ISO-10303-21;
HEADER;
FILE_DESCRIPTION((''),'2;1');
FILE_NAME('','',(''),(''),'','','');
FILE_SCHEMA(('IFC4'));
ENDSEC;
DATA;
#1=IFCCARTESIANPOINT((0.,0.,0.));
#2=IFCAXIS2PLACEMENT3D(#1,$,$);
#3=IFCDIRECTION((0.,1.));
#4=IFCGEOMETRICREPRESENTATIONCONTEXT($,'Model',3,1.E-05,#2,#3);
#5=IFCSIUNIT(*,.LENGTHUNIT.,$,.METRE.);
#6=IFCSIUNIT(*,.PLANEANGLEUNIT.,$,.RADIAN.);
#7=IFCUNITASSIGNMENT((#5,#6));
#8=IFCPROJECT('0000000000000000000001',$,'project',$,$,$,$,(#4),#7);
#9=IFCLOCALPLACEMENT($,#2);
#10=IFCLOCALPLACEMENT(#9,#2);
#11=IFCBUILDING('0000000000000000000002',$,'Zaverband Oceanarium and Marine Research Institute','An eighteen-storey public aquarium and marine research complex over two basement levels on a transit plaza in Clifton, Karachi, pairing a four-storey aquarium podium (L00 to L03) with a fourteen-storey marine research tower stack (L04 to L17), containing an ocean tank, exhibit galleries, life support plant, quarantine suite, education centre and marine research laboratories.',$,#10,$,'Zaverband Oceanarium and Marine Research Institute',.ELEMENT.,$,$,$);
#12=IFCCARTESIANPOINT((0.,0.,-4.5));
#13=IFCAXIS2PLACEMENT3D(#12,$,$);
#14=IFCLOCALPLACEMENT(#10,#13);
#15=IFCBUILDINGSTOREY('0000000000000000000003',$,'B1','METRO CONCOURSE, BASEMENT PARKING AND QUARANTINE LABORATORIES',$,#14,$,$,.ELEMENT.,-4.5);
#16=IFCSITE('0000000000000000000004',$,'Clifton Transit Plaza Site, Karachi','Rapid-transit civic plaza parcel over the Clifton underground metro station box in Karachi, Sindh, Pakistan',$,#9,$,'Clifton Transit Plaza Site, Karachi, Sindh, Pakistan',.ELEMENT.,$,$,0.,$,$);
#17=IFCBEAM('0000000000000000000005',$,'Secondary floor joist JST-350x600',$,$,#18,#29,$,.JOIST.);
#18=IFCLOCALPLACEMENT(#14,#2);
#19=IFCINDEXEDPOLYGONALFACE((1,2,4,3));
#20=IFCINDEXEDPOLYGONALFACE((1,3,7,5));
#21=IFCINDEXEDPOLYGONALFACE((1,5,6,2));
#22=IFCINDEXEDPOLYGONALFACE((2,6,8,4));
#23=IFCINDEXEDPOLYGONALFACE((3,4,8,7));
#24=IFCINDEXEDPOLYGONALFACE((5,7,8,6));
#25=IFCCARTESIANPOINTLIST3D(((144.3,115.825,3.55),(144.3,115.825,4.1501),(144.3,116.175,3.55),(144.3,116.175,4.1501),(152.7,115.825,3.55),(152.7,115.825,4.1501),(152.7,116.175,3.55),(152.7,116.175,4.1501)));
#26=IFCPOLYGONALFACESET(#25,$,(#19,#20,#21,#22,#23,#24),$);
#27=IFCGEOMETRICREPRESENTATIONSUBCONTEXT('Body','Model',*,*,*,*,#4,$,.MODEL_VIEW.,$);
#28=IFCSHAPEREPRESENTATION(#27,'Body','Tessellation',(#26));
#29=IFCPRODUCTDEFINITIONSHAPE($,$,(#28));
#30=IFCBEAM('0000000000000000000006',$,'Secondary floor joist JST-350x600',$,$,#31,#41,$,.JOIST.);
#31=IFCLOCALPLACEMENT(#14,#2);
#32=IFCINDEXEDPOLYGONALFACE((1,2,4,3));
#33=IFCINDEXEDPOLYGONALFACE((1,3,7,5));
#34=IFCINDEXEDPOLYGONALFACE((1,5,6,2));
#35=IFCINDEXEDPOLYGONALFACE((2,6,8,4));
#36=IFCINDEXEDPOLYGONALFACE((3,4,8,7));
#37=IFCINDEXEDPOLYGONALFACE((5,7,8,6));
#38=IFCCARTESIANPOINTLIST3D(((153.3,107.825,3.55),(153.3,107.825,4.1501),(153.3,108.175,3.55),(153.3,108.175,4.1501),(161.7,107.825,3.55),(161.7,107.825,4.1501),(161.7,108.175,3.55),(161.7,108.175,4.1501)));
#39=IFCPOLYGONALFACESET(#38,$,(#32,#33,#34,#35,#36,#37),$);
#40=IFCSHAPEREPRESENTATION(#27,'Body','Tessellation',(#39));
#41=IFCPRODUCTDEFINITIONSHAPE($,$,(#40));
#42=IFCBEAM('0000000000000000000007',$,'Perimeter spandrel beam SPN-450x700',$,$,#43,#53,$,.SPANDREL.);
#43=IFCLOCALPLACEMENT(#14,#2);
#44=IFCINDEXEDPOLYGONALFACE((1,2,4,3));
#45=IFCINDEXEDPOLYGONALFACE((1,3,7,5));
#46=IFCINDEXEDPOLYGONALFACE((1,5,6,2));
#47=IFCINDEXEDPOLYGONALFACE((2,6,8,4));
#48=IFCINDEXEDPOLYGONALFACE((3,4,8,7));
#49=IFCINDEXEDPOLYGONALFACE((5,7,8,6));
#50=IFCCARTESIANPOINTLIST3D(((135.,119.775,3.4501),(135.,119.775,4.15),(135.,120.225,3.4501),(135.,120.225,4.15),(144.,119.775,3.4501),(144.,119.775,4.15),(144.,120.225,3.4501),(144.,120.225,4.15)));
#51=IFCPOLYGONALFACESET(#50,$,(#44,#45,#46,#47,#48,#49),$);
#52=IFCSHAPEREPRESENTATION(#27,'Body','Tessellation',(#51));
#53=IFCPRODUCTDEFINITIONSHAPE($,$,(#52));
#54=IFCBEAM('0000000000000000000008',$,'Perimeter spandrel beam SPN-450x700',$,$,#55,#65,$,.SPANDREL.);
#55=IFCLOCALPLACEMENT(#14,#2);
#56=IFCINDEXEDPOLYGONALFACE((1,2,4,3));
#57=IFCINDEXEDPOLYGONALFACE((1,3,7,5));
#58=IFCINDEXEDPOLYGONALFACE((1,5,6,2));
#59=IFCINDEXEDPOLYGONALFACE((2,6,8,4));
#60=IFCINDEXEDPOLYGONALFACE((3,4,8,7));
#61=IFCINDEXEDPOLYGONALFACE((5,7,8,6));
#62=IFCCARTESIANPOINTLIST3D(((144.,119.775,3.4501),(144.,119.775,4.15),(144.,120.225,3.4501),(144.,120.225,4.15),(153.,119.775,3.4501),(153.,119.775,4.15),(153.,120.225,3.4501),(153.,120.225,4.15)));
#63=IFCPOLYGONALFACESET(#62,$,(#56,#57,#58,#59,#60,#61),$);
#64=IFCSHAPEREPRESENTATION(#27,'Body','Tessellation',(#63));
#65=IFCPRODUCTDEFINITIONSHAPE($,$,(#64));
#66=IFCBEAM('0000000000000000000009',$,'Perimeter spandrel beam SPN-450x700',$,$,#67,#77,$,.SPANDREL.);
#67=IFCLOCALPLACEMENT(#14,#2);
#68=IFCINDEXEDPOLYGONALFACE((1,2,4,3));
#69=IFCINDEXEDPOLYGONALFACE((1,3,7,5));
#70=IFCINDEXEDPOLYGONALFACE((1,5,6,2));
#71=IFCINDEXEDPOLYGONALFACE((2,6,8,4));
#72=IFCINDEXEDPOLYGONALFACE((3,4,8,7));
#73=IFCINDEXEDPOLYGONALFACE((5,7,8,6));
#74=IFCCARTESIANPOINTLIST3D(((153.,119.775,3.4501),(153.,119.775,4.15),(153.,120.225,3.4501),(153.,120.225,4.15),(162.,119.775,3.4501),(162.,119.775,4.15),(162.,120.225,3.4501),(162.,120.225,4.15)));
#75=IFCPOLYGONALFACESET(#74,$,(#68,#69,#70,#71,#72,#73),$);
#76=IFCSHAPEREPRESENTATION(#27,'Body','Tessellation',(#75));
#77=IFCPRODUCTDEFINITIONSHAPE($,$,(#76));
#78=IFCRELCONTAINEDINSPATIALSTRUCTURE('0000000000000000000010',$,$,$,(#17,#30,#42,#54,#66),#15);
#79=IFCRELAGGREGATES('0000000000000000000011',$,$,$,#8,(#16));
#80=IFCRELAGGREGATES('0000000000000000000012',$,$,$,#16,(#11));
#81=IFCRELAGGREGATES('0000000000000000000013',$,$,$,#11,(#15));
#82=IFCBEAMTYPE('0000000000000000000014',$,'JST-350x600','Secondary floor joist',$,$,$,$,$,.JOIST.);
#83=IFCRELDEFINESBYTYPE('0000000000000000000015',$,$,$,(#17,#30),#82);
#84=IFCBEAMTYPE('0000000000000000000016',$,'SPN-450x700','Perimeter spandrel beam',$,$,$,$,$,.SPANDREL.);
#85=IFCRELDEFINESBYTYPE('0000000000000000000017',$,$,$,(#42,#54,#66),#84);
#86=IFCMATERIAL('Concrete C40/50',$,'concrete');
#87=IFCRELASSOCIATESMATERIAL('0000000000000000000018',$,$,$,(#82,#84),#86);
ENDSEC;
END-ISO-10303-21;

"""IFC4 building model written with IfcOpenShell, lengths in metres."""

from ifc_helpers import new_model, si_unit, direction, frame, origin, origin_2d, place, context, subcontext, project, spatial, rectangle, extrude, material, material_profile, profile_set, type_object, element, save


model = new_model("IFC4")

# Units and contexts
model_context = context("Model", 3, precision=1e-05, world=origin(), true_north=direction((0.0, 1.0)))
body_context = subcontext(model_context, "Body", "Model", "MODEL_VIEW")
ifc_project = project(units=[si_unit("LENGTHUNIT", "METRE"), si_unit("PLANEANGLEUNIT", "RADIAN")], contexts=[model_context])

# Site, building, storey
site_placement = place(None, origin())
site = spatial("IfcSite", under=ifc_project, at=site_placement, Name="Clifton Transit Plaza Site, Karachi", Description="Rapid-transit civic plaza parcel over the Clifton underground metro station box in Karachi, Sindh, Pakistan", LongName="Clifton Transit Plaza Site, Karachi, Sindh, Pakistan", CompositionType="ELEMENT", RefElevation=0.0)
building_placement = place(site_placement, origin())
building = spatial("IfcBuilding", under=site, at=building_placement, Name="Zaverband Oceanarium and Marine Research Institute", Description="An eighteen-storey public aquarium and marine research complex over two basement levels on a transit plaza in Clifton, Karachi, pairing a four-storey aquarium podium (L00 to L03) with a fourteen-storey marine research tower stack (L04 to L17), containing an ocean tank, exhibit galleries, life support plant, quarantine suite, education centre and marine research laboratories.", LongName="Zaverband Oceanarium and Marine Research Institute", CompositionType="ELEMENT")
storey_placement = place(building_placement, frame((0.0, 0.0, -4.5)))
storey = spatial("IfcBuildingStorey", under=building, at=storey_placement, Name="B1", Description="METRO CONCOURSE, BASEMENT PARKING AND QUARANTINE LABORATORIES", CompositionType="ELEMENT", Elevation=-4.5)

# Beams
ifc_material_1 = material(Name="Concrete C40/50", Category="concrete")
ifc_material_profile_1 = material_profile(ifc_material_1, rectangle(XDim=0.3501, YDim=0.6001, at=origin_2d()), Name="RC350x600")
ifc_profile_set_1 = profile_set([ifc_material_profile_1], Name="Concrete C40/50")
beam_type_1 = type_object("IfcBeamType", Name="JST-350x600", Description="Secondary floor joist", PredefinedType="JOIST", material=ifc_profile_set_1)
for number, where, z_axis, x_axis, name in (
    (1, (144.3, 116.0, 3.8501), (1.0, 0.0, 0.0), (0.0, 1.0, 0.0), "Secondary floor joist JST-350x600"),
    (2, (153.3, 108.0, 3.8501), (1.0, 0.0, 0.0), (0.0, 1.0, 0.0), "Secondary floor joist JST-350x600"),
):
    element("IfcBeam", number, at=place(storey_placement, frame(where, z_axis=z_axis, x_axis=x_axis)), inside=storey, type_object=beam_type_1, Name=name, PredefinedType="JOIST", context=body_context, shape_type="SweptSolid", body=[
        extrude(rectangle(XDim=0.3501, YDim=0.6001, at=origin_2d()), origin(), (0.0, 0.0, 1.0), 8.3999),
    ])
ifc_material_profile_2 = material_profile(ifc_material_1, rectangle(XDim=0.45, YDim=0.7, at=origin_2d()), Name="RC450x700")
ifc_profile_set_2 = profile_set([ifc_material_profile_2], Name="Concrete C40/50")
beam_type_2 = type_object("IfcBeamType", Name="SPN-450x700", Description="Perimeter spandrel beam", PredefinedType="SPANDREL", material=ifc_profile_set_2)
for number, where, z_axis, x_axis, name in (
    (3, (135.0, 120.0, 3.8), (1.0, 0.0, 0.0), (0.0, 1.0, 0.0), "Perimeter spandrel beam SPN-450x700"),
    (4, (144.0, 120.0, 3.8), (1.0, 0.0, 0.0), (0.0, 1.0, 0.0), "Perimeter spandrel beam SPN-450x700"),
    (5, (153.0, 120.0, 3.8), (1.0, 0.0, 0.0), (0.0, 1.0, 0.0), "Perimeter spandrel beam SPN-450x700"),
):
    element("IfcBeam", number, at=place(storey_placement, frame(where, z_axis=z_axis, x_axis=x_axis)), inside=storey, type_object=beam_type_2, Name=name, PredefinedType="SPANDREL", context=body_context, shape_type="SweptSolid", body=[
        extrude(rectangle(XDim=0.45, YDim=0.7, at=origin_2d()), origin(), (0.0, 0.0, 1.0), 9.0),
    ])

save(model, "model.ifc")
